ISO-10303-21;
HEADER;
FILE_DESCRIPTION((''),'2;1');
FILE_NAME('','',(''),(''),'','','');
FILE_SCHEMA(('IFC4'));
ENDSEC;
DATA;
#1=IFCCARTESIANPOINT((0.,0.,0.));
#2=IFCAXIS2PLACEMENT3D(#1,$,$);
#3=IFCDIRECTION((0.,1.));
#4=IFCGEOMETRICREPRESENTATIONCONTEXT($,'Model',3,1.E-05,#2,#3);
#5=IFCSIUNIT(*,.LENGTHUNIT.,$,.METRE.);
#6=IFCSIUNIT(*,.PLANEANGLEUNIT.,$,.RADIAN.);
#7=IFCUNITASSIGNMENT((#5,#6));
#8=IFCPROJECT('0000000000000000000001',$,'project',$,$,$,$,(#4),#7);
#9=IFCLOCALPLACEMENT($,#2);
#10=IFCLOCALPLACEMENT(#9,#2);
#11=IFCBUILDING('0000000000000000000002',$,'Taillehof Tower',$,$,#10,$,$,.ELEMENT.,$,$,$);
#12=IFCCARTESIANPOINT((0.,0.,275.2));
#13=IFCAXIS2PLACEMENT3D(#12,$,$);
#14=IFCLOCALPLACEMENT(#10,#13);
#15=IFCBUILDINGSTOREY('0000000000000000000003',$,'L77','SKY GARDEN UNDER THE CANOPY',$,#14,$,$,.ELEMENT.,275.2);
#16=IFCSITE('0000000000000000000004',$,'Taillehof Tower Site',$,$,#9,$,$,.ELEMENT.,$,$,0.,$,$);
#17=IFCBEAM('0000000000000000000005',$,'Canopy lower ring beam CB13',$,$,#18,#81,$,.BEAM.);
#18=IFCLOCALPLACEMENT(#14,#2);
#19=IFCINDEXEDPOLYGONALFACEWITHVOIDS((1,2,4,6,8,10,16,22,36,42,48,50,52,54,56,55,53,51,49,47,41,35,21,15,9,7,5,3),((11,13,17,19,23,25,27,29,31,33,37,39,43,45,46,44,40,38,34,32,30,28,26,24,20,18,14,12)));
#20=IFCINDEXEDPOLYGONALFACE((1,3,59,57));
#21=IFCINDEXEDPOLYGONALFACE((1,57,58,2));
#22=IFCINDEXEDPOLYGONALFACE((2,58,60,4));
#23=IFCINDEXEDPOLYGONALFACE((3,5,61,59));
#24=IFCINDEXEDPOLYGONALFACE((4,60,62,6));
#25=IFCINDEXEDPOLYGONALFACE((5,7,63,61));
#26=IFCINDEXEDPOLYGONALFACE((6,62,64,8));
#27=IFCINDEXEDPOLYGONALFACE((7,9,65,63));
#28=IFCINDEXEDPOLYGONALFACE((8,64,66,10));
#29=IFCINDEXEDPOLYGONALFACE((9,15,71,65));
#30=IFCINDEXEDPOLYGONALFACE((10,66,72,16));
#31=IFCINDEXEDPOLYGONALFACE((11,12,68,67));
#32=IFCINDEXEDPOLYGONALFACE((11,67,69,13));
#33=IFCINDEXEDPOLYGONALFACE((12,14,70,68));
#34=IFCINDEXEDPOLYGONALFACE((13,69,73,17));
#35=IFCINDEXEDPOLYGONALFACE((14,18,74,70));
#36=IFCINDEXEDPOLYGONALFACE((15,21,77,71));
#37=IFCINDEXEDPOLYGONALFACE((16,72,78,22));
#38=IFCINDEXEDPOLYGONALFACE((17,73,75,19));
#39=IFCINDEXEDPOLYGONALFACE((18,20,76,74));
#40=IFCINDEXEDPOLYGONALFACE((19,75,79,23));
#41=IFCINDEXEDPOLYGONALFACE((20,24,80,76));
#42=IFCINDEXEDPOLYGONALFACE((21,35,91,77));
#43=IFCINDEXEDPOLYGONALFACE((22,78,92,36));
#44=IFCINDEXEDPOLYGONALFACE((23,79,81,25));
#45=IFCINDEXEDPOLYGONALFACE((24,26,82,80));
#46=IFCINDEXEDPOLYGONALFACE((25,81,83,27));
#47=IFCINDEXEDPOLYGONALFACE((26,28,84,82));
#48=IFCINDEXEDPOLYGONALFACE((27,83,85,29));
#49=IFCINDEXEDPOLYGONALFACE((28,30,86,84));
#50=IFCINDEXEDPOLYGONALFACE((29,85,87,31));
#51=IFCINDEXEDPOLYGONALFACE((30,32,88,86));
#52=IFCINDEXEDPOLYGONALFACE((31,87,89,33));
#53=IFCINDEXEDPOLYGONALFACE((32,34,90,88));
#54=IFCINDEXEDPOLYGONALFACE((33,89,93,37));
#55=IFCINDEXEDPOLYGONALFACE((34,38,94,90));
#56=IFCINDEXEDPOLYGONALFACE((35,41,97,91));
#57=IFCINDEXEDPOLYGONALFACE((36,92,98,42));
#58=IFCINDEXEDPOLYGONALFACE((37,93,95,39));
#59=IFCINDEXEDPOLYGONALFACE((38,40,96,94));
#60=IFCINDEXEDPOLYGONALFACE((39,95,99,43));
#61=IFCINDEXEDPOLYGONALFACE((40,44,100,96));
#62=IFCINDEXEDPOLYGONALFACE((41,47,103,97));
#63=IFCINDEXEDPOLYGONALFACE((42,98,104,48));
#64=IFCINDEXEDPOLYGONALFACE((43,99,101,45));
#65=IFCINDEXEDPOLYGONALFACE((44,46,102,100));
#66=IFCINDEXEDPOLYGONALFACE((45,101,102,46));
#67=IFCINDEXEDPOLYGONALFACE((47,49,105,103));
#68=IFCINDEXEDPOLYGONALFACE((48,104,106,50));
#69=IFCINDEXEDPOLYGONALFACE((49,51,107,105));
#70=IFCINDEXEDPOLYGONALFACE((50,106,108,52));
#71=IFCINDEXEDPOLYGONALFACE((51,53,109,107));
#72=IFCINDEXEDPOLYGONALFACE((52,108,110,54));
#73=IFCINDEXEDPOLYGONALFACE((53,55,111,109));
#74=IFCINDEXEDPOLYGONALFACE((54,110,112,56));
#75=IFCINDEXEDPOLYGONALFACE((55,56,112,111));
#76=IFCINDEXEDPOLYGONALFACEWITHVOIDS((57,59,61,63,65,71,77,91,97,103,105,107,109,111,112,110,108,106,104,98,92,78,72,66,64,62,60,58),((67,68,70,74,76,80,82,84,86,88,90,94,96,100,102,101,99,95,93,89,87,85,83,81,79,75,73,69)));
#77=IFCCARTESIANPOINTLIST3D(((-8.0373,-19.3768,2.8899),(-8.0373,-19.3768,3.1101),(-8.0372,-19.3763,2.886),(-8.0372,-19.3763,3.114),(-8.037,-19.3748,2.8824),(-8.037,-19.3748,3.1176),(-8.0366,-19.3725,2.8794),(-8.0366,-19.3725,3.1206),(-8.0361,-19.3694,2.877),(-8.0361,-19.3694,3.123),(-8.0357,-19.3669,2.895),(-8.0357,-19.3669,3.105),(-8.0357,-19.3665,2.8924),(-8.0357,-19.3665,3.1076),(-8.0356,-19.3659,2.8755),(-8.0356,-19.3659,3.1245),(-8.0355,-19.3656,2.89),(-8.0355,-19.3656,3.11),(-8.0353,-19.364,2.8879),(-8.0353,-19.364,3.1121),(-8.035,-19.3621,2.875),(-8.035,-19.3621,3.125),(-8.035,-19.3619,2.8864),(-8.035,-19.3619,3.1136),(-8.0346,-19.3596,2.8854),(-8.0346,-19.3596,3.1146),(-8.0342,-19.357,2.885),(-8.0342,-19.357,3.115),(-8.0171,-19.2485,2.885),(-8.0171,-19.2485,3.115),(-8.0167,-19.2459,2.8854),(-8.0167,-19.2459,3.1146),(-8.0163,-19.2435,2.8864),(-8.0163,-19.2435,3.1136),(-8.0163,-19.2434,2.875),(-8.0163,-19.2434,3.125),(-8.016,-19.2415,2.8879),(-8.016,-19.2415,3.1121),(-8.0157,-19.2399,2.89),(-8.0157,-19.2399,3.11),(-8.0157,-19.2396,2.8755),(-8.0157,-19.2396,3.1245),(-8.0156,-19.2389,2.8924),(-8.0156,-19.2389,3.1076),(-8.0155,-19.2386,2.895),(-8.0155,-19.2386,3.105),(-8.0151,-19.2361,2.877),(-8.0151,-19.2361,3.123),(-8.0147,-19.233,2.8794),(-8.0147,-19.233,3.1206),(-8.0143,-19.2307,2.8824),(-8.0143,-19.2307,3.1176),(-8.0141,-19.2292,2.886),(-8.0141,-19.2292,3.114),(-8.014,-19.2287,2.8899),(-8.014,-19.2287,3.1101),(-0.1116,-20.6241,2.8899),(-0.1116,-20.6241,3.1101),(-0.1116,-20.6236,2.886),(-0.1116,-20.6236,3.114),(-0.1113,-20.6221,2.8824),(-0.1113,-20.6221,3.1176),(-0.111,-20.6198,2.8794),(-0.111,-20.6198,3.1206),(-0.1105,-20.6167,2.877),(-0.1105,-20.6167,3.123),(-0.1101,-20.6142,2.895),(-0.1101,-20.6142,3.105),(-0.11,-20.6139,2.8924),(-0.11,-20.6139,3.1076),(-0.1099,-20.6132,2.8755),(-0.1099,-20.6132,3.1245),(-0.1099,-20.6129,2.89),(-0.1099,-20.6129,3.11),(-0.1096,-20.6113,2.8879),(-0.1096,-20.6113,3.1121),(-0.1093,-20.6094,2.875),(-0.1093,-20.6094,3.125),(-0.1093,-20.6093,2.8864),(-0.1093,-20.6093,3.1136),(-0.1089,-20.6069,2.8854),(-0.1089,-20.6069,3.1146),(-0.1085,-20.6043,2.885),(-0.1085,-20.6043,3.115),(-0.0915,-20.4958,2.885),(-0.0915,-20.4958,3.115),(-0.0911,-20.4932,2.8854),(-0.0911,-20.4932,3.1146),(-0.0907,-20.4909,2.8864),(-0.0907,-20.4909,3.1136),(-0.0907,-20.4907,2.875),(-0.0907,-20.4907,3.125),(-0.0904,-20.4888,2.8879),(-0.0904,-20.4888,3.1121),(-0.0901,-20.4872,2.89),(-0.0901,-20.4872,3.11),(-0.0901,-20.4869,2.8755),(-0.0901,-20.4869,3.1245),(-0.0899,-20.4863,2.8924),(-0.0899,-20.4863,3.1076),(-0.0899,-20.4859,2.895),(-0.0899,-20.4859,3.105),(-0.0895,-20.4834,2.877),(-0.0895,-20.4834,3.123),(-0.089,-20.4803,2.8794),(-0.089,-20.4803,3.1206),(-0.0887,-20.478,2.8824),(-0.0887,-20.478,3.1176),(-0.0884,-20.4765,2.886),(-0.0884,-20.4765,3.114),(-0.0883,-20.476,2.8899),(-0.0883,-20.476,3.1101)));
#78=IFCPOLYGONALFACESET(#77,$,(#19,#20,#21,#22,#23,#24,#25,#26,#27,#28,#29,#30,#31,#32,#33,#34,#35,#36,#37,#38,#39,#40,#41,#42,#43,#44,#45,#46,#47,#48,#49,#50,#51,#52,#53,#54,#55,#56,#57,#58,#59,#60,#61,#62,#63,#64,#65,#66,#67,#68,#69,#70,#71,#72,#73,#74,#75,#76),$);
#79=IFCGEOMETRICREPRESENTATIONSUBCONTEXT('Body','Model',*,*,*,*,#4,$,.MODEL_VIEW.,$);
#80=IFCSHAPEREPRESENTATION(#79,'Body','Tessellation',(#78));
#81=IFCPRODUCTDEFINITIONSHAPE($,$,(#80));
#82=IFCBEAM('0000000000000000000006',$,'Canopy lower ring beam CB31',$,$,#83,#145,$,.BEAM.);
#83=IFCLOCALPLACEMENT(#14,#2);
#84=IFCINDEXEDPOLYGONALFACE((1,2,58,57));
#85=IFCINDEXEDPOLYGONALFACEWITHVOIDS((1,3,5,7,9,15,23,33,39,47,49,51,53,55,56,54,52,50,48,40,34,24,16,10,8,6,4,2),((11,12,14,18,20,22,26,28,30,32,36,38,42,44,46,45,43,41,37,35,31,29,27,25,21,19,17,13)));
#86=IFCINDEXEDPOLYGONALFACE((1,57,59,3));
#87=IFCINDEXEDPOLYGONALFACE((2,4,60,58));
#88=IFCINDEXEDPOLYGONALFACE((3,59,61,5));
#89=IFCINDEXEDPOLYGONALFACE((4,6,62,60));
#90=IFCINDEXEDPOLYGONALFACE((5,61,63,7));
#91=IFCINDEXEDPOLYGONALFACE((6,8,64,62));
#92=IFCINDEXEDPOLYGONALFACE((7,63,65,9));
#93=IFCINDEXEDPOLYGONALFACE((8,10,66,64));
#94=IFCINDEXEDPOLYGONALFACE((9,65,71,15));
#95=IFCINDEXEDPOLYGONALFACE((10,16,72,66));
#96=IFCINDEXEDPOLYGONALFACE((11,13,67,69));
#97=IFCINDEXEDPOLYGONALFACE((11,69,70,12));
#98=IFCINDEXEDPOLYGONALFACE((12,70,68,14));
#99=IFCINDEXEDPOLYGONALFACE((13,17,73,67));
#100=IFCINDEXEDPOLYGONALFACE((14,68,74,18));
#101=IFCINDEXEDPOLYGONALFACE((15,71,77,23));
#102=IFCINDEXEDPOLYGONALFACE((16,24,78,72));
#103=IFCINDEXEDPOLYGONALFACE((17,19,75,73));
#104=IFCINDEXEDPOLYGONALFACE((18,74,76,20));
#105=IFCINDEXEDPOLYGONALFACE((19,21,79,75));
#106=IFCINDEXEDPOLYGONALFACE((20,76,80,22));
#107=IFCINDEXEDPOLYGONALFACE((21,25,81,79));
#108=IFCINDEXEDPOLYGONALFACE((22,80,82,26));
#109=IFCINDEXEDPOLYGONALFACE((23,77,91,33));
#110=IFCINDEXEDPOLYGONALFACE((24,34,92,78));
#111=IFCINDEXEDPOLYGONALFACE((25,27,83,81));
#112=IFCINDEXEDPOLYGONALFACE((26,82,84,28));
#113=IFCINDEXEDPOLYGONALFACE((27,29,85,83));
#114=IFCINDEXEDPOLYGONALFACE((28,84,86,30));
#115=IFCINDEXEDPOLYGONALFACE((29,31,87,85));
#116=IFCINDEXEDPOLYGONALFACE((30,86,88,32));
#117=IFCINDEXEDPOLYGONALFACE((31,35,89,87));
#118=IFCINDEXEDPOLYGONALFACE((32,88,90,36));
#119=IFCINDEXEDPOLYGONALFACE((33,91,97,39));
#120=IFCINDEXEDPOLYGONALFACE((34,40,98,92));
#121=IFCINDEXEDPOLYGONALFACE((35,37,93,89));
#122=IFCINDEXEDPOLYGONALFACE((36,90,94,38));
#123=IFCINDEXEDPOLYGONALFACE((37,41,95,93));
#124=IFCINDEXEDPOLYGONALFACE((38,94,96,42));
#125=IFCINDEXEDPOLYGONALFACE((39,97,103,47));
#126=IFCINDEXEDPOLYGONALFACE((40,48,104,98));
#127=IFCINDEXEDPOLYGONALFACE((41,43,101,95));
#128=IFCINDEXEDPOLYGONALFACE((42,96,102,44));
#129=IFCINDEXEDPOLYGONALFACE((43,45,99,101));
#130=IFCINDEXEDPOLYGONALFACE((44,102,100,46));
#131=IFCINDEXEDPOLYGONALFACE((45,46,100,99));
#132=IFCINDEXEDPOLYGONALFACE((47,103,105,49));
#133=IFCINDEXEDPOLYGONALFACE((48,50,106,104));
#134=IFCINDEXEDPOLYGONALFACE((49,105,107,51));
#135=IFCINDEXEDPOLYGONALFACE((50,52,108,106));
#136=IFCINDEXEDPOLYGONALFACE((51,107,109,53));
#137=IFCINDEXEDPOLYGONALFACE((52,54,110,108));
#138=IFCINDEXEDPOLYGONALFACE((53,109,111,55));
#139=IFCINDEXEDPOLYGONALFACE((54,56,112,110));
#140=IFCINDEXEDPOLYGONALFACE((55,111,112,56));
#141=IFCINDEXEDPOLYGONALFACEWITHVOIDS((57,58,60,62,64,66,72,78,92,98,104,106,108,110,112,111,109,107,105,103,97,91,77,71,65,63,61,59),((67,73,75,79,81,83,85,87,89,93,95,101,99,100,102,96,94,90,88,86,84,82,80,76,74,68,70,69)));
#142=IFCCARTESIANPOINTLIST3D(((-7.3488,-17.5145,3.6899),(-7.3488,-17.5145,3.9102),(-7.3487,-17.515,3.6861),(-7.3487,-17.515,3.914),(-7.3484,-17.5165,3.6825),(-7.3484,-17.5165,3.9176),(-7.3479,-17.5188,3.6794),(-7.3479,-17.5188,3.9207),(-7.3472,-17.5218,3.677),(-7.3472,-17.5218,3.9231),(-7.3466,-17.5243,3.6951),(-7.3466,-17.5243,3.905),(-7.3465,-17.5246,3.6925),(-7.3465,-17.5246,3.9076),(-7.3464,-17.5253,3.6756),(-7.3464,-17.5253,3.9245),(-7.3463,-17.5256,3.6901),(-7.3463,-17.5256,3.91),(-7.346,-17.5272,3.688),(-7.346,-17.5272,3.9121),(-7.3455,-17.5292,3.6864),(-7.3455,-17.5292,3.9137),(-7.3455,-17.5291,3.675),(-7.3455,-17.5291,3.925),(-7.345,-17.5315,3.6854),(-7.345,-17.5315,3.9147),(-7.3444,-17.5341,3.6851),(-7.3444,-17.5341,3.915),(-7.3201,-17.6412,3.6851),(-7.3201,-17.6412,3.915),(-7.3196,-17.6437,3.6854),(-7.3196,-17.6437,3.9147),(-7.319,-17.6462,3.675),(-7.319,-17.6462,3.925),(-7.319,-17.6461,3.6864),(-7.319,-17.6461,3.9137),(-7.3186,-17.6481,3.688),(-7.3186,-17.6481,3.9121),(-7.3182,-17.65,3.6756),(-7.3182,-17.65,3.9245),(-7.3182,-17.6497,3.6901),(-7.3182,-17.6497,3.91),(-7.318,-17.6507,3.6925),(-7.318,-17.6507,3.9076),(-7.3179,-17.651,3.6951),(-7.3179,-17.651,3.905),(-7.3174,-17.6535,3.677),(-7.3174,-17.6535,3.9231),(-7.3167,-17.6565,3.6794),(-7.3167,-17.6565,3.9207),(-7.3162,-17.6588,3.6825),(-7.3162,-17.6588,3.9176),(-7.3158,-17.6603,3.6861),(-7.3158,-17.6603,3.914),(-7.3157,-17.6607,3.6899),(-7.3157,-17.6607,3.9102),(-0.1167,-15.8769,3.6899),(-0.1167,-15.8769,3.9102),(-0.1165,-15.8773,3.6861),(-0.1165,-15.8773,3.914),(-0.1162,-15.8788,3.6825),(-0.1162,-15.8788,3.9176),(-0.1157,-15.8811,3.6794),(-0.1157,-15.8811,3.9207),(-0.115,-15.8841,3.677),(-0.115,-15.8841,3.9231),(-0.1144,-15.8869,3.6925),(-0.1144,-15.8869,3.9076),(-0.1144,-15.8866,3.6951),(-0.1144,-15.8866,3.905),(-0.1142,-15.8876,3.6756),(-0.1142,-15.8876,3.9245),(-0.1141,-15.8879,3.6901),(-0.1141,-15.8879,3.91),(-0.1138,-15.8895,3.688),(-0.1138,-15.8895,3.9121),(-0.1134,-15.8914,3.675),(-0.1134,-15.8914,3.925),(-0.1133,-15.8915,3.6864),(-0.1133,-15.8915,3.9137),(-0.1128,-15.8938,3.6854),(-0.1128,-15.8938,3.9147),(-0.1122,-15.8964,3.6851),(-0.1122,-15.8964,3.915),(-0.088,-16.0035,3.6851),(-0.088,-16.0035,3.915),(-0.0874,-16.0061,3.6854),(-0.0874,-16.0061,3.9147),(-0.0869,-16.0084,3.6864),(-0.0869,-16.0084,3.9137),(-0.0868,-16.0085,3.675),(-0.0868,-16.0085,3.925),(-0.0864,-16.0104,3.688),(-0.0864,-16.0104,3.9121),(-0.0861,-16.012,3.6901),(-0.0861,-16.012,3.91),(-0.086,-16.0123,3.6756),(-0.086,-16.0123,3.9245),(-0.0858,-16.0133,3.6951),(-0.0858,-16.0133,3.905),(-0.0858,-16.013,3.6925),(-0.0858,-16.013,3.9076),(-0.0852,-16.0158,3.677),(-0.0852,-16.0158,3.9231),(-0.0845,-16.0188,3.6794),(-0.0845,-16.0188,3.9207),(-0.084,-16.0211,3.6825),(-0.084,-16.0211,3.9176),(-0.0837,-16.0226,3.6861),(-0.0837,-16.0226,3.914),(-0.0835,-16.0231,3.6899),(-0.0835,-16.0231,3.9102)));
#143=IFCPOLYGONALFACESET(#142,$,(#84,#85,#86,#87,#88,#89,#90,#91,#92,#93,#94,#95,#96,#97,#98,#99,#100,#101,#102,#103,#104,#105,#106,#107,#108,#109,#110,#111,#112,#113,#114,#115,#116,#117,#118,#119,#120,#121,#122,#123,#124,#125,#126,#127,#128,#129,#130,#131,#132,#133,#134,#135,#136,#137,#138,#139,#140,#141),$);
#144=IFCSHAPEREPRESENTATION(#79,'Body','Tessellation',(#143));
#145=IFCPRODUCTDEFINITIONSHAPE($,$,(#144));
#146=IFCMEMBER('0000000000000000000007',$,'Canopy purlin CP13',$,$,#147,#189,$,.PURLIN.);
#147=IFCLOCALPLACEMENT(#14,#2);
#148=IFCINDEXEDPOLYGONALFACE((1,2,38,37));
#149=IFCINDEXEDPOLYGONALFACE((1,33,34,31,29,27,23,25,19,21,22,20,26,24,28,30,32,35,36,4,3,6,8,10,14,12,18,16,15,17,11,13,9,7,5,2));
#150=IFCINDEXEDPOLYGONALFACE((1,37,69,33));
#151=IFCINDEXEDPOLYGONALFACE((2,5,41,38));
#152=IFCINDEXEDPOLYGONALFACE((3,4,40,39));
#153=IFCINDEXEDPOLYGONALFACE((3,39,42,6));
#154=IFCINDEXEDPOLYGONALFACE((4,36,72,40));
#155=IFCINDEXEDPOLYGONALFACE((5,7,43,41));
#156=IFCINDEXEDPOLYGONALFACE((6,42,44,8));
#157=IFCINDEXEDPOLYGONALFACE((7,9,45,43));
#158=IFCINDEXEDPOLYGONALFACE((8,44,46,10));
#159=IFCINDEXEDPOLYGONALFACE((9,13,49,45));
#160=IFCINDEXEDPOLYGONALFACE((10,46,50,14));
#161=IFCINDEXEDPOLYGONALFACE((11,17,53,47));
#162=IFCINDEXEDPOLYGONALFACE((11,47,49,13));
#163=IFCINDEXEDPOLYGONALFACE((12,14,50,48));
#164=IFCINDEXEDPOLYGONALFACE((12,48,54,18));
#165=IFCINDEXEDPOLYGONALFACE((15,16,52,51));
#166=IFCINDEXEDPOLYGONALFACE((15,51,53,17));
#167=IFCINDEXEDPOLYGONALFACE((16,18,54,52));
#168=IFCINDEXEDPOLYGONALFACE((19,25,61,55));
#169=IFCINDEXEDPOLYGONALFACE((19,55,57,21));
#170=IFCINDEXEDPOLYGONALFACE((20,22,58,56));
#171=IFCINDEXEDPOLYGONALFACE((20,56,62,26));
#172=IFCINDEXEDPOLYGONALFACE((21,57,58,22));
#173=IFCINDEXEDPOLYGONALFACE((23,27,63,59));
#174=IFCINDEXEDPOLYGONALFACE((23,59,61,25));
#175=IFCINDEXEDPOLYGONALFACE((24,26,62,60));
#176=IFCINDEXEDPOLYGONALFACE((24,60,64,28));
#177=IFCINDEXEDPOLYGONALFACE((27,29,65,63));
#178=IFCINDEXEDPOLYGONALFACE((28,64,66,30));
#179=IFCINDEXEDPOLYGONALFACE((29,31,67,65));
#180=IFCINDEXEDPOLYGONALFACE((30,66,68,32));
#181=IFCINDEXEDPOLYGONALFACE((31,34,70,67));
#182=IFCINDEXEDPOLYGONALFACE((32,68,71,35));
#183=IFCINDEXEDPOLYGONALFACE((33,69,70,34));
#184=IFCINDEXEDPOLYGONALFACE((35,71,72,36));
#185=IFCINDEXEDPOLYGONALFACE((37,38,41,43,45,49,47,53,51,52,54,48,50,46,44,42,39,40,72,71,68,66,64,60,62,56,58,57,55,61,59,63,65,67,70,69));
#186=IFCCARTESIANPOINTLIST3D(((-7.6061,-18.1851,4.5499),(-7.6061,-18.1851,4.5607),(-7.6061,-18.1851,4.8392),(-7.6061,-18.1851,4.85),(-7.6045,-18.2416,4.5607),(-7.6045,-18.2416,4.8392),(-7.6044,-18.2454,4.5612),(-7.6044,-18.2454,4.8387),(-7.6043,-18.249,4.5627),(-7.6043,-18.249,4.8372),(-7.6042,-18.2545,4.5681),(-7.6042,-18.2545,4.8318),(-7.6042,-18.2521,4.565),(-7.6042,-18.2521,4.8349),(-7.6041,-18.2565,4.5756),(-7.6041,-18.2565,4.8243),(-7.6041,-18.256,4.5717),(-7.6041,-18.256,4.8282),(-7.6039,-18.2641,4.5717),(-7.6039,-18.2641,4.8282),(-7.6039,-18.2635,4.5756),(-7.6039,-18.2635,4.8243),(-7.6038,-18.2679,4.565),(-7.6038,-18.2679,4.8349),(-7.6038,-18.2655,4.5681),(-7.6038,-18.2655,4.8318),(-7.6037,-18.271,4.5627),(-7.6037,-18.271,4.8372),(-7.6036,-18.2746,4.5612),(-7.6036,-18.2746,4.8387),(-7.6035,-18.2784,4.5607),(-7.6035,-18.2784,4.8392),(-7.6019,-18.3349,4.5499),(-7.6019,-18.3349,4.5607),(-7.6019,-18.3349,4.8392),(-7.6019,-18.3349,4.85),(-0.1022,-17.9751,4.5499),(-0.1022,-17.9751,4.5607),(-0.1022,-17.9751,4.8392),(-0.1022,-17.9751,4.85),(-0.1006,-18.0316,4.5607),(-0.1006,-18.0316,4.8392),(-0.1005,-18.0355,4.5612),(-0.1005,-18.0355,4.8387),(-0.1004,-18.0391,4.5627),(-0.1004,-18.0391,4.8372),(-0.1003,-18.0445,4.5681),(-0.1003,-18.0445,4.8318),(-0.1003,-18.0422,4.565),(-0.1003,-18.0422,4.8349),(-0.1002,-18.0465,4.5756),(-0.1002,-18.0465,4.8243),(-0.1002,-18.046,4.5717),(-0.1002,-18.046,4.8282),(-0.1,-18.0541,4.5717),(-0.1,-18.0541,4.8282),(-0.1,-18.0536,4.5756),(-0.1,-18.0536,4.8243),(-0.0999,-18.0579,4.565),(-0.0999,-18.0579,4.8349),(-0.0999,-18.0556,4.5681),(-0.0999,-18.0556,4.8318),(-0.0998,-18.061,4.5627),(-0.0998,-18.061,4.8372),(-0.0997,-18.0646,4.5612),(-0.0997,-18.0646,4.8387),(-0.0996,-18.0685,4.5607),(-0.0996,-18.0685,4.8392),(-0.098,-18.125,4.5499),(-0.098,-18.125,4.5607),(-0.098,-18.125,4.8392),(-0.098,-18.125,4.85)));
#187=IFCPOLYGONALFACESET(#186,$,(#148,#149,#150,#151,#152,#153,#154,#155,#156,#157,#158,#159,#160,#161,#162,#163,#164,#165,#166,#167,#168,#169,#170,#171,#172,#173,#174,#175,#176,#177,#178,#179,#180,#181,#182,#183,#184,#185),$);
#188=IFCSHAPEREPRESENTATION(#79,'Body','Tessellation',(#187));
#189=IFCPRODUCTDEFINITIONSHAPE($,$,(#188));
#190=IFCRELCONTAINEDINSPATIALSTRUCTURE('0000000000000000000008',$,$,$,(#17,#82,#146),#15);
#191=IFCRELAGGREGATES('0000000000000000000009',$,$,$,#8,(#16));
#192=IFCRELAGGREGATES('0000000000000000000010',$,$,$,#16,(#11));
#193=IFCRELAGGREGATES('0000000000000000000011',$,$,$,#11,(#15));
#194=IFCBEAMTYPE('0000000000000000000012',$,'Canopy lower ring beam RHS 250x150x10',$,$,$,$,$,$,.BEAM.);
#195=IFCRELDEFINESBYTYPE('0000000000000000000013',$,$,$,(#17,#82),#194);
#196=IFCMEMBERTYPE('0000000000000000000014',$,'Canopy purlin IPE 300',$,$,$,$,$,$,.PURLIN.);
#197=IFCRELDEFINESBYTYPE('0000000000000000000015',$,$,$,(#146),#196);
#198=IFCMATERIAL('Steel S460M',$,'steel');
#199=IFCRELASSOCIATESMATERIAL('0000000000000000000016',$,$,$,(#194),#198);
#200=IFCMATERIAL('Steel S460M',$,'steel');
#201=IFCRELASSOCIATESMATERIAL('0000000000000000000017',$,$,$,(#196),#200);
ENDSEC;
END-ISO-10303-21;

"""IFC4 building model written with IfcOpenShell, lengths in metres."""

from ifc_helpers import new_model, si_unit, direction, frame, origin, origin_2d, place, context, subcontext, project, spatial, hollow_rectangle, i_section, extrude, material, material_profile, profile_set, type_object, element, save


model = new_model("IFC4")

# Units and contexts
model_context = context("Model", 3, precision=1e-05, world=origin(), true_north=direction((0.0, 1.0)))
body_context = subcontext(model_context, "Body", "Model", "MODEL_VIEW")
ifc_project = project(units=[si_unit("LENGTHUNIT", "METRE"), si_unit("PLANEANGLEUNIT", "RADIAN")], contexts=[model_context])

# Site, building, storey
site_placement = place(None, origin())
site = spatial("IfcSite", under=ifc_project, at=site_placement, Name="Taillehof Tower Site", CompositionType="ELEMENT", RefElevation=0.0)
building_placement = place(site_placement, origin())
building = spatial("IfcBuilding", under=site, at=building_placement, Name="Taillehof Tower", CompositionType="ELEMENT")
storey_placement = place(building_placement, frame((0.0, 0.0, 275.2)))
storey = spatial("IfcBuildingStorey", under=building, at=storey_placement, Name="L77", Description="SKY GARDEN UNDER THE CANOPY", CompositionType="ELEMENT", Elevation=275.2)

# Beams
ifc_material_1 = material(Name="Steel S460M", Category="steel")
ifc_material_profile_1 = material_profile(ifc_material_1, hollow_rectangle(XDim=0.1499, YDim=0.25, WallThickness=0.01, InnerFilletRadius=0.01, OuterFilletRadius=0.0149, at=origin_2d()), Name="RHS 250x150x10")
ifc_profile_set_1 = profile_set([ifc_material_profile_1], Name="Steel S460M")
beam_type_1 = type_object("IfcBeamType", Name="Canopy lower ring beam RHS 250x150x10", PredefinedType="BEAM", material=ifc_profile_set_1)
beam_1_placement = place(storey_placement, frame((-8.0256, -19.3027, 3.0), z_axis=(0.987841, -0.155466, 0.0), x_axis=(0.155466, 0.987841, 0.0)))
element("IfcBeam", 1, at=beam_1_placement, inside=storey, type_object=beam_type_1, Name="Canopy lower ring beam CB13", PredefinedType="BEAM", context=body_context, shape_type="SweptSolid", body=[
    extrude(hollow_rectangle(XDim=0.1499, YDim=0.25, WallThickness=0.01, InnerFilletRadius=0.01, OuterFilletRadius=0.0149, at=origin_2d()), origin(), (0.0, 0.0, 1.0), 8.0232),
])
beam_2_placement = place(storey_placement, frame((-7.3323, -17.5876, 3.8), z_axis=(0.975307, 0.220854, 0.0), x_axis=(-0.220854, 0.975307, 0.0)))
element("IfcBeam", 2, at=beam_2_placement, inside=storey, type_object=beam_type_1, Name="Canopy lower ring beam CB31", PredefinedType="BEAM", context=body_context, shape_type="SweptSolid", body=[
    extrude(hollow_rectangle(XDim=0.1499, YDim=0.25, WallThickness=0.01, InnerFilletRadius=0.01, OuterFilletRadius=0.0149, at=origin_2d()), origin(), (0.0, 0.0, 1.0), 7.4153),
])

# Member
ifc_material_2 = material(Name="Steel S460M", Category="steel")
ifc_material_profile_2 = material_profile(ifc_material_2, i_section(OverallWidth=0.1499, OverallDepth=0.3, WebThickness=0.0071, FlangeThickness=0.0107, FilletRadius=0.0149, at=origin_2d()), Name="IPE 300")
ifc_profile_set_2 = profile_set([ifc_material_profile_2], Name="Steel S460M")
member_type_1 = type_object("IfcMemberType", Name="Canopy purlin IPE 300", PredefinedType="PURLIN", material=ifc_profile_set_2)
member_1_placement = place(storey_placement, frame((-7.604, -18.26, 4.7), z_axis=(0.999609, 0.027969, 0.0), x_axis=(-0.027969, 0.999609, 0.0)))
element("IfcMember", 3, at=member_1_placement, inside=storey, type_object=member_type_1, Name="Canopy purlin CP13", PredefinedType="PURLIN", context=body_context, shape_type="SweptSolid", body=[
    extrude(i_section(OverallWidth=0.1499, OverallDepth=0.3, WebThickness=0.0071, FlangeThickness=0.0107, FilletRadius=0.0149, at=origin_2d()), origin(), (0.0, 0.0, 1.0), 7.5068),
])

save(model, "model.ifc")
